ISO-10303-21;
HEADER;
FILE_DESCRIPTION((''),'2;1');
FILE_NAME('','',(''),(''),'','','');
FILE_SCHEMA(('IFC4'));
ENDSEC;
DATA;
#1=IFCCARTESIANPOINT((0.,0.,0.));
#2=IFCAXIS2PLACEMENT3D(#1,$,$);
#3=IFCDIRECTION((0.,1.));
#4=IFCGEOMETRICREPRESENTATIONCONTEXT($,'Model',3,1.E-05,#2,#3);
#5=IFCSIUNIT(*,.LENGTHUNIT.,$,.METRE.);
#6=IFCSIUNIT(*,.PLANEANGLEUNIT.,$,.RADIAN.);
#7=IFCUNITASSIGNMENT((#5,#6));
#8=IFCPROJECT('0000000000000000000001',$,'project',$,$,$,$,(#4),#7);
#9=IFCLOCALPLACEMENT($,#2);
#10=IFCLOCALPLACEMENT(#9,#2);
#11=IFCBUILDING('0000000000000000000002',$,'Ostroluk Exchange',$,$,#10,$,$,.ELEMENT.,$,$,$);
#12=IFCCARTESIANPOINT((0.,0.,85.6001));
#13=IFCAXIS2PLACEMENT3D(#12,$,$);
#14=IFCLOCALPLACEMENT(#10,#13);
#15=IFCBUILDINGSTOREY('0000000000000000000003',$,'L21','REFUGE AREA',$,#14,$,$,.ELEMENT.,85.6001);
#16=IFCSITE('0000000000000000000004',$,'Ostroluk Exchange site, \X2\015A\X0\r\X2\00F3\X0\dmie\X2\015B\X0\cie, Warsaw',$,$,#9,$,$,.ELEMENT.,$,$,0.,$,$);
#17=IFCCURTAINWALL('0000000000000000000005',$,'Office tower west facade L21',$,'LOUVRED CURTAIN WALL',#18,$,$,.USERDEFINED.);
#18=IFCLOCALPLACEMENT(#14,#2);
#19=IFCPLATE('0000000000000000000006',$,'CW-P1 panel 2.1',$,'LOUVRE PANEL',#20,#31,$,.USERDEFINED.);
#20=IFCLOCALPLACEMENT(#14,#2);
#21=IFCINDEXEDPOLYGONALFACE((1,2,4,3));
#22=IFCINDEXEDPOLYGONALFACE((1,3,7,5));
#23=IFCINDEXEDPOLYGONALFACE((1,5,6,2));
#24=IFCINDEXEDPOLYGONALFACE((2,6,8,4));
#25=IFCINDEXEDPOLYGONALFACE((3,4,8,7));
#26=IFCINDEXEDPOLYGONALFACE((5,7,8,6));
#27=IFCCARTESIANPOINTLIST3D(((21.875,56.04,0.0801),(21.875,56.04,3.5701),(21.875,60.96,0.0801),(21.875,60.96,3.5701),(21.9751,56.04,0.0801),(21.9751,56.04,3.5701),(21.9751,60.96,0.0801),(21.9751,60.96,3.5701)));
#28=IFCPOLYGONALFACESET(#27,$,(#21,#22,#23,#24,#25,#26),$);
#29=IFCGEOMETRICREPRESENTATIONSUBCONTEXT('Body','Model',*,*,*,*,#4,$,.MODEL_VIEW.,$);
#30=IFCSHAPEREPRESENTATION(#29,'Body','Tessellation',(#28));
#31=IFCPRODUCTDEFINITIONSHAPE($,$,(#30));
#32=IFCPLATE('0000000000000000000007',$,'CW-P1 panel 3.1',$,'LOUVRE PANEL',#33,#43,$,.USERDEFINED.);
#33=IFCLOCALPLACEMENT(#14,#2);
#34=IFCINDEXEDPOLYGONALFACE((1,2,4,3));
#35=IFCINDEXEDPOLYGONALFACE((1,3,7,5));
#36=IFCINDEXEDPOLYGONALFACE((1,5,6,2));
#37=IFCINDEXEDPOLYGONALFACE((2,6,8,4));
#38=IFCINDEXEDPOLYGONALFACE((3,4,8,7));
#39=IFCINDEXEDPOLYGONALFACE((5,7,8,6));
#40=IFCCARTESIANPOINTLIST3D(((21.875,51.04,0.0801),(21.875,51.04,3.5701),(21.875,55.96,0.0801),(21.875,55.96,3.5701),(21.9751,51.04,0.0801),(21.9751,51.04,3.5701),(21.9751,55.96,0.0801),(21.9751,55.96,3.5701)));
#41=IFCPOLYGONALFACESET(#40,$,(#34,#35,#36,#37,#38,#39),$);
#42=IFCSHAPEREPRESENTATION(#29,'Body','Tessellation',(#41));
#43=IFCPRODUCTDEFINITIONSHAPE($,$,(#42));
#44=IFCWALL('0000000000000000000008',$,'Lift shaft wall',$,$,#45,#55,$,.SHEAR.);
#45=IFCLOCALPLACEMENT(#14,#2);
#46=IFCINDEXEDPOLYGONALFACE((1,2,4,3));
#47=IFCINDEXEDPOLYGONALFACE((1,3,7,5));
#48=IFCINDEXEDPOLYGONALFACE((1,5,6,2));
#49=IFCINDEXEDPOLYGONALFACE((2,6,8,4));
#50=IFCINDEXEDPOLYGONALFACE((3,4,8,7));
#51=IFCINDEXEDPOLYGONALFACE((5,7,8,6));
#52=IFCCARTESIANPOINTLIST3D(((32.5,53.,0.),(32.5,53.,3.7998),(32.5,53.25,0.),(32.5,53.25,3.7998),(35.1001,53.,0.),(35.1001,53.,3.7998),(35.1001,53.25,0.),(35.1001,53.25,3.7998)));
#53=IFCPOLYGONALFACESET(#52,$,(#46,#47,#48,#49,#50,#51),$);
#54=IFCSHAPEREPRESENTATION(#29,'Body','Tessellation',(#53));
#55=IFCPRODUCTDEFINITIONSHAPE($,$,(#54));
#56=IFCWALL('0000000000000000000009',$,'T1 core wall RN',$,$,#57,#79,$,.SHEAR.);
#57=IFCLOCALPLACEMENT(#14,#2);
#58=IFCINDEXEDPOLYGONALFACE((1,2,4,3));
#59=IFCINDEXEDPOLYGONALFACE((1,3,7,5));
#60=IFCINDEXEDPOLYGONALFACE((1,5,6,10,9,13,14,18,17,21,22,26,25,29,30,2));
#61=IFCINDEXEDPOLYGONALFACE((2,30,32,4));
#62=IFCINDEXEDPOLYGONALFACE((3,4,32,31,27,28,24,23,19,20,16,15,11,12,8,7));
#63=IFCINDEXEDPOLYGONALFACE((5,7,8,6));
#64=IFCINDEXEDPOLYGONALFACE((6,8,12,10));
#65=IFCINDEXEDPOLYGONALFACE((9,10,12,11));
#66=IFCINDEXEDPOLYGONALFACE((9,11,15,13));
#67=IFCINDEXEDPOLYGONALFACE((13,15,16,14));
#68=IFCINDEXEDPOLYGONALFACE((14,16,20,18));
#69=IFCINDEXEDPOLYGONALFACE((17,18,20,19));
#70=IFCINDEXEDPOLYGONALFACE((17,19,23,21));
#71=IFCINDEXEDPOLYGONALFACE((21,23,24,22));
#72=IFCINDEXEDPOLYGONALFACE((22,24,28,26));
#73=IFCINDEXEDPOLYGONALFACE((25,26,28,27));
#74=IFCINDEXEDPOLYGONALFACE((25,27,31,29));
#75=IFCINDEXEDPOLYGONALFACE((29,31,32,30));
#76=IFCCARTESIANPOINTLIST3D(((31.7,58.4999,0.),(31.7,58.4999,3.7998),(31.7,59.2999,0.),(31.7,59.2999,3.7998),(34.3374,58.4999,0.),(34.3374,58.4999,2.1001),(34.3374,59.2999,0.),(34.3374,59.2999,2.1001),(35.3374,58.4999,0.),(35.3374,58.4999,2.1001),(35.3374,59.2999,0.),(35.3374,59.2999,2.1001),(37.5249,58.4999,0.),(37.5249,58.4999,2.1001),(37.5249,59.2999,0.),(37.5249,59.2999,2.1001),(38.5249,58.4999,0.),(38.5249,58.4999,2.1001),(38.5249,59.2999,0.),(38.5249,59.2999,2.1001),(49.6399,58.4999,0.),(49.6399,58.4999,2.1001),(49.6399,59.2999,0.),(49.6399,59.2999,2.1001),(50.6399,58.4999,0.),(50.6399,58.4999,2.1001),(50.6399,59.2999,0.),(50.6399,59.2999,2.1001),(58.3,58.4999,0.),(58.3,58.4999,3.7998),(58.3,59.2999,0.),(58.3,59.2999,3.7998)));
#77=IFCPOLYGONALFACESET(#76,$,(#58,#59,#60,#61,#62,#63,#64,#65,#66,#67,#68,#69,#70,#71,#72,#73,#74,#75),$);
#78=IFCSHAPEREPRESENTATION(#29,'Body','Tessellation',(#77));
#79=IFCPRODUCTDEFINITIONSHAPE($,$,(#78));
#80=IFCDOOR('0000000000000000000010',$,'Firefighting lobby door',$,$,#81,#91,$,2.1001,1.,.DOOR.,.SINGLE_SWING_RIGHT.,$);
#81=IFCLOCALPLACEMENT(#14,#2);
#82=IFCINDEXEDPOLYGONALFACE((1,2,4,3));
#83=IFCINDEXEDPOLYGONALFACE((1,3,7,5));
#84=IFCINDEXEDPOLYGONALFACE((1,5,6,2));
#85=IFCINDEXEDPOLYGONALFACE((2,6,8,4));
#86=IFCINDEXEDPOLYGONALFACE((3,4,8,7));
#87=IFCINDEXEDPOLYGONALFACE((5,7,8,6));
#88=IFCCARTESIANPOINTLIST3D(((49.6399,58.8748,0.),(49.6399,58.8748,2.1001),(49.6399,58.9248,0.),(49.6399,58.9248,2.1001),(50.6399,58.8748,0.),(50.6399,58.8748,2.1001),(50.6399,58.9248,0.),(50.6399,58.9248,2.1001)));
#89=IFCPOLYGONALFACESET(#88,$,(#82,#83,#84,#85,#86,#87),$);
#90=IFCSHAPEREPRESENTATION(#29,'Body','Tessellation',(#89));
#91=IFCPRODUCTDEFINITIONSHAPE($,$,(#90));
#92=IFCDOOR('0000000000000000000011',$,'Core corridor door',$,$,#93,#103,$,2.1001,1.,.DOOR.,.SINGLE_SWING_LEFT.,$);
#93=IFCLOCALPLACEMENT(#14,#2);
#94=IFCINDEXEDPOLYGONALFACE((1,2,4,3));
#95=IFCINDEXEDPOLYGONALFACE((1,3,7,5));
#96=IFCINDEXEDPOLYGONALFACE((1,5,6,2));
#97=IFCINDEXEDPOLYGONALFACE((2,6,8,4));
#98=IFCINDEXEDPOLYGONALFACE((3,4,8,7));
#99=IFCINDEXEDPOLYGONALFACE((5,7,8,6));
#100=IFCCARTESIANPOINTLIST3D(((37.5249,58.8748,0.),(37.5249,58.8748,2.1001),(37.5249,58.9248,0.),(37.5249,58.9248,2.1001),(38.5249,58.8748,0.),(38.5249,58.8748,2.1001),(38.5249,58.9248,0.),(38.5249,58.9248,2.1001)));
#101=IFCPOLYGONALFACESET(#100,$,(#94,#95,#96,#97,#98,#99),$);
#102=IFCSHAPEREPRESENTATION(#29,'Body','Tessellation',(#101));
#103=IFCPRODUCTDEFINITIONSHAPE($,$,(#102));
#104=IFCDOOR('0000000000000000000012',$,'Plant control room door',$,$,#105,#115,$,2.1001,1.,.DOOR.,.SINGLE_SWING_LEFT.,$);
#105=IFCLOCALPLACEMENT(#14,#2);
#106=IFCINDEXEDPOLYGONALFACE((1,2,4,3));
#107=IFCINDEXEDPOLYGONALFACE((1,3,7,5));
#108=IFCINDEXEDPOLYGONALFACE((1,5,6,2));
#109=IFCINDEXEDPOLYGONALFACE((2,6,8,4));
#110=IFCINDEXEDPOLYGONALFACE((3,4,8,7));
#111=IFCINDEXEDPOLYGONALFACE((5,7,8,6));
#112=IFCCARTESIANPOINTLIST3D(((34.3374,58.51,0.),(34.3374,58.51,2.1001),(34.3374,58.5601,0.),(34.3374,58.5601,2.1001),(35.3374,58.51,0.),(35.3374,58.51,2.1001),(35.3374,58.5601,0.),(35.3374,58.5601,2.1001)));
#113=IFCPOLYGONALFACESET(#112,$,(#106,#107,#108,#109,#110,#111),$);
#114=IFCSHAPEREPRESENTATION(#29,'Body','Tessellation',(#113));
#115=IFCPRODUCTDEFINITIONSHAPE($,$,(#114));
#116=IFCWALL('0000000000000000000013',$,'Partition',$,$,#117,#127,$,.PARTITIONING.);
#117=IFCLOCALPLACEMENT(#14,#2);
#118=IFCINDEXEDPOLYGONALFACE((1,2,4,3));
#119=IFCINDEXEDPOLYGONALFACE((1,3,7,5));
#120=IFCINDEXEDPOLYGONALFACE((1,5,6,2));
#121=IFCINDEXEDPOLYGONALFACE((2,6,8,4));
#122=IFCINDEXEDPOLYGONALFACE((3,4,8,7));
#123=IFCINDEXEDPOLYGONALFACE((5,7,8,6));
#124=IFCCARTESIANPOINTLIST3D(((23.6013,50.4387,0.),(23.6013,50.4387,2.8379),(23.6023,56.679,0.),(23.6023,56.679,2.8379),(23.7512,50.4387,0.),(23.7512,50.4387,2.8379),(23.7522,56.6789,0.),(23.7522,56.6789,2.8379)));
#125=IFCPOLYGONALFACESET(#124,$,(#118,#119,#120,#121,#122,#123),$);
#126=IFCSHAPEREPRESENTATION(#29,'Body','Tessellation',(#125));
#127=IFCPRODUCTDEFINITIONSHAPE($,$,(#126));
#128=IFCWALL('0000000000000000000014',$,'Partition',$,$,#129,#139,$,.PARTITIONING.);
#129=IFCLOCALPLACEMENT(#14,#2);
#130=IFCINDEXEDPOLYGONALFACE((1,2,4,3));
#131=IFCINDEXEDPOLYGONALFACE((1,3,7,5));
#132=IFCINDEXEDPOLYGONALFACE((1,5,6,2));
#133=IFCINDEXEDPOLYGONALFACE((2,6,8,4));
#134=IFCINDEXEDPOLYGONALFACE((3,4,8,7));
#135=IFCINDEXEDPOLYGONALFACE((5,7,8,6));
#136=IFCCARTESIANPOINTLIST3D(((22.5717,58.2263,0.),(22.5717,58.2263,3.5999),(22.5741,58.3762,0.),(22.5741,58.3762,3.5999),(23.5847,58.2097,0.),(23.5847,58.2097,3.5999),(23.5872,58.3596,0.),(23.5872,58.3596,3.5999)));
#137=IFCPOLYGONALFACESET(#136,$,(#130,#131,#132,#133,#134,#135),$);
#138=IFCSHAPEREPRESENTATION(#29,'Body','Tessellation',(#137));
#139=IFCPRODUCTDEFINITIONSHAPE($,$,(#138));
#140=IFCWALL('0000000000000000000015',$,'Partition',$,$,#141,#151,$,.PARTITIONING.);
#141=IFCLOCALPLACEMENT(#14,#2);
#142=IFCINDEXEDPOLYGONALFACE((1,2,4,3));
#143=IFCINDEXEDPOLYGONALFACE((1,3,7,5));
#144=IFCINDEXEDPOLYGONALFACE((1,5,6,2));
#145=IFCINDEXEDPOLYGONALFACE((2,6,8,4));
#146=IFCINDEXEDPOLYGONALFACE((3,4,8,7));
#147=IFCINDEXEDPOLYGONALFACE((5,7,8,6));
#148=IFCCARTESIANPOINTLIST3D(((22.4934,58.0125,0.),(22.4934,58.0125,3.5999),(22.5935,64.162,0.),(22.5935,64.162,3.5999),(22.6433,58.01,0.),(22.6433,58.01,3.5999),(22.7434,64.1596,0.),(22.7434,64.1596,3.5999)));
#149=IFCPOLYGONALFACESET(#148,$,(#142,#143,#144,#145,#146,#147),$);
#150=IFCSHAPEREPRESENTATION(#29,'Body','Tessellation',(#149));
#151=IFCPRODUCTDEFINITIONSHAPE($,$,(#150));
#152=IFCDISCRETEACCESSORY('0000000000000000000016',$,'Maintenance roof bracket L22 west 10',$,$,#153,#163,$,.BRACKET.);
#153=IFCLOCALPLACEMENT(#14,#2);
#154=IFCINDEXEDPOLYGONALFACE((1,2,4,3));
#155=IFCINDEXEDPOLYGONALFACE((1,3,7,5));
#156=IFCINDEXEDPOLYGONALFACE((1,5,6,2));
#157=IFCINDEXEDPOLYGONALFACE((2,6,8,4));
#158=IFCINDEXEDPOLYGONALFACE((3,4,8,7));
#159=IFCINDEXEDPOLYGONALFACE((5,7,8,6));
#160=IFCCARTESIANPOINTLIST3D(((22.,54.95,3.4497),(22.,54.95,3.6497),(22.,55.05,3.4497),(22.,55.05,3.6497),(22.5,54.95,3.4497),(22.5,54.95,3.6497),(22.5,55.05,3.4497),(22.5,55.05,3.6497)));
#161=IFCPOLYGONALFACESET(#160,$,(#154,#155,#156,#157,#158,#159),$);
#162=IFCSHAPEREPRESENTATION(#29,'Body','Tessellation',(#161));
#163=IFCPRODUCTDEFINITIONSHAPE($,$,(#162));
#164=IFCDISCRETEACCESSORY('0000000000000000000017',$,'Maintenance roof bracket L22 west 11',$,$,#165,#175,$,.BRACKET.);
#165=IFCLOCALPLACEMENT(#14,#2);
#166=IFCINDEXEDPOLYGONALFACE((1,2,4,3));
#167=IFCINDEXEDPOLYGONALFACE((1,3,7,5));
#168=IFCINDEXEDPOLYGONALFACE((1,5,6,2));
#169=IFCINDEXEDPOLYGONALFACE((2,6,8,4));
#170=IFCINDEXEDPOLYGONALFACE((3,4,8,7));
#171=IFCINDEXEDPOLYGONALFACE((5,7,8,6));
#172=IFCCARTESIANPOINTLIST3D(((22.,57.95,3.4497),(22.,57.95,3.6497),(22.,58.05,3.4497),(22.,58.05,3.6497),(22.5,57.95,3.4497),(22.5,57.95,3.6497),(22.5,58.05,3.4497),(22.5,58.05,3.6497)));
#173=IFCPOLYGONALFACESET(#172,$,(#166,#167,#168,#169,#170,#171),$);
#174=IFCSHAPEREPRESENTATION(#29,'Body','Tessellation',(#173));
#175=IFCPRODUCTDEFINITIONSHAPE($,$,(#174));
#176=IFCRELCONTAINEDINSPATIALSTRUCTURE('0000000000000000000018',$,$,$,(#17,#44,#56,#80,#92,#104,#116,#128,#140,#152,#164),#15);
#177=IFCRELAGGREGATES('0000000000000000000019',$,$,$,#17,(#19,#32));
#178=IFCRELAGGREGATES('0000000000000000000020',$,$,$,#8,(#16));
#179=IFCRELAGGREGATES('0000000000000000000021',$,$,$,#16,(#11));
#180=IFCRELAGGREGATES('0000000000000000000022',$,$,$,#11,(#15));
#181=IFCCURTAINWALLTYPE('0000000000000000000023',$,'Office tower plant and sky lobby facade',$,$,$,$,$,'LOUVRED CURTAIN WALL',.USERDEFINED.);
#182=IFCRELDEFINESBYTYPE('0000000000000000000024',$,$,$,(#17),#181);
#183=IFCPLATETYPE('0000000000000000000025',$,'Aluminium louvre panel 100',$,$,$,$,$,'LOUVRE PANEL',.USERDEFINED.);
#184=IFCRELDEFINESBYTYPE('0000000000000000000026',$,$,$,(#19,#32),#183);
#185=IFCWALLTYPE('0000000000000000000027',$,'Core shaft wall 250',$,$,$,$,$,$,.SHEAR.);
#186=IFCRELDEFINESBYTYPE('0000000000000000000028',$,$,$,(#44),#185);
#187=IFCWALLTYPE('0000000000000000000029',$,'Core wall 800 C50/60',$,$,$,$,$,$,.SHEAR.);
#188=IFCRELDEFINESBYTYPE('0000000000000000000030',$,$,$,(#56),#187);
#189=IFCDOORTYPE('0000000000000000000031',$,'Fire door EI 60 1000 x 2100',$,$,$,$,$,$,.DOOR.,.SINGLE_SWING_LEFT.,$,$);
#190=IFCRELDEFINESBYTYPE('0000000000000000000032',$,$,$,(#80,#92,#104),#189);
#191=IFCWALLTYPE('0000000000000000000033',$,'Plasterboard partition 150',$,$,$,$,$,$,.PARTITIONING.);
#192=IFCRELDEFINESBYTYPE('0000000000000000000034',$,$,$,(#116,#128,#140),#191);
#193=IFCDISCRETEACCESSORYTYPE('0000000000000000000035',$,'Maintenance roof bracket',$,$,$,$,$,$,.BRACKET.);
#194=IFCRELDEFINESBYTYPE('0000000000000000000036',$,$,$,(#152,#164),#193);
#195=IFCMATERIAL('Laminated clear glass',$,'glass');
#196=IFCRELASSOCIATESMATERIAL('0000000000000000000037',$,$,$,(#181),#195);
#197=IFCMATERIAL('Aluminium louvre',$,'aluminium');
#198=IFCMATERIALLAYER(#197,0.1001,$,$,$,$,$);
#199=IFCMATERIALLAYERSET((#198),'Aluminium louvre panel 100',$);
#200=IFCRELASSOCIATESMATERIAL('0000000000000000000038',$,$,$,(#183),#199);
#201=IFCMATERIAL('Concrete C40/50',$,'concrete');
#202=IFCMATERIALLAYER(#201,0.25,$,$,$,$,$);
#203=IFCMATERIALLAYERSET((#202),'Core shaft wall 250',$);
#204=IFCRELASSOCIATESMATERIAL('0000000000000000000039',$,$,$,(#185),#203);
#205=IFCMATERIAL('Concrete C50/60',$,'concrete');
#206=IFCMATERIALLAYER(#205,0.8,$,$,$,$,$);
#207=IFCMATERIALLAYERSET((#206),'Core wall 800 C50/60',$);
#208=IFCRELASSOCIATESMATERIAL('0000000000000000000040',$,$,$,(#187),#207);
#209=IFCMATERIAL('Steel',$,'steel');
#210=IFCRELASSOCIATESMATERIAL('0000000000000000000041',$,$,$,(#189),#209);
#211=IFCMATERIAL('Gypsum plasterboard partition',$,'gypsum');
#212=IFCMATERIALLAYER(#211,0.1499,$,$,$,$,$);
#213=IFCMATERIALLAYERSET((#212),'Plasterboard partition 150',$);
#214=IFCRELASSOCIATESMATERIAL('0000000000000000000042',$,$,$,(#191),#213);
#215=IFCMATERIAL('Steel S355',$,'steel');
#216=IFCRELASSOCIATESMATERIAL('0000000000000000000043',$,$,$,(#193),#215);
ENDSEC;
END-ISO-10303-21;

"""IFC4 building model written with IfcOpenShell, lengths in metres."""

from ifc_helpers import new_model, si_unit, direction, frame, frame_2d, origin, origin_2d, place, context, subcontext, project, spatial, rectangle, extrude, material, layer, layer_set, type_object, element, fill, aggregate, save


model = new_model("IFC4")

# Units and contexts
model_context = context("Model", 3, precision=1e-05, world=origin(), true_north=direction((0.0, 1.0)))
body_context = subcontext(model_context, "Body", "Model", "MODEL_VIEW")
ifc_project = project(units=[si_unit("LENGTHUNIT", "METRE"), si_unit("PLANEANGLEUNIT", "RADIAN")], contexts=[model_context])

# Site, building, storey
site_placement = place(None, origin())
site = spatial("IfcSite", under=ifc_project, at=site_placement, Name="Ostroluk Exchange site, Śródmieście, Warsaw", CompositionType="ELEMENT", RefElevation=0.0)
building_placement = place(site_placement, origin())
building = spatial("IfcBuilding", under=site, at=building_placement, Name="Ostroluk Exchange", CompositionType="ELEMENT")
storey_placement = place(building_placement, frame((0.0, 0.0, 85.6001)))
storey = spatial("IfcBuildingStorey", under=building, at=storey_placement, Name="L21", Description="REFUGE AREA", CompositionType="ELEMENT", Elevation=85.6001)

# Curtain wall, plates
ifc_material_1 = material(Name="Laminated clear glass", Category="glass")
curtain_wall_type = type_object("IfcCurtainWallType", Name="Office tower plant and sky lobby facade", ElementType="LOUVRED CURTAIN WALL", PredefinedType="USERDEFINED", material=ifc_material_1)
curtain_wall_placement = place(storey_placement, origin())
curtain_wall = element("IfcCurtainWall", 1, at=curtain_wall_placement, inside=storey, type_object=curtain_wall_type, Name="Office tower west facade L21", ObjectType="LOUVRED CURTAIN WALL", PredefinedType="USERDEFINED")
ifc_material_2 = material(Name="Aluminium louvre", Category="aluminium")
ifc_layer_1 = layer(ifc_material_2, 0.1001)
ifc_layer_set_1 = layer_set([ifc_layer_1], Name="Aluminium louvre panel 100")
plate_type = type_object("IfcPlateType", Name="Aluminium louvre panel 100", ElementType="LOUVRE PANEL", PredefinedType="USERDEFINED", material=ifc_layer_set_1)
plate_1_placement = place(storey_placement, frame((21.925, 58.5, 0.0801), z_axis=(0.0, 0.0, 1.0), x_axis=(0.0, -1.0, 0.0)))
plate_1 = element("IfcPlate", 2, at=plate_1_placement, type_object=plate_type, Name="CW-P1 panel 2.1", ObjectType="LOUVRE PANEL", PredefinedType="USERDEFINED", context=body_context, shape_type="SweptSolid", body=[
    extrude(rectangle(XDim=4.9199, YDim=0.1001, at=origin_2d()), origin(), (0.0, 0.0, 1.0), 3.49),
])
plate_2_placement = place(storey_placement, frame((21.925, 53.5, 0.0801), z_axis=(0.0, 0.0, 1.0), x_axis=(0.0, -1.0, 0.0)))
plate_2 = element("IfcPlate", 3, at=plate_2_placement, type_object=plate_type, Name="CW-P1 panel 3.1", ObjectType="LOUVRE PANEL", PredefinedType="USERDEFINED", context=body_context, shape_type="SweptSolid", body=[
    extrude(rectangle(XDim=4.9199, YDim=0.1001, at=origin_2d()), origin(), (0.0, 0.0, 1.0), 3.49),
])
aggregate(curtain_wall, [plate_1, plate_2])

# Wall
ifc_material_3 = material(Name="Concrete C40/50", Category="concrete")
ifc_layer_2 = layer(ifc_material_3, 0.25)
ifc_layer_set_2 = layer_set([ifc_layer_2], Name="Core shaft wall 250")
wall_type_1 = type_object("IfcWallType", Name="Core shaft wall 250", PredefinedType="SHEAR", material=ifc_layer_set_2)
wall_1_placement = place(storey_placement, frame((32.5, 53.125, 0.0), z_axis=(0.0, 0.0, 1.0), x_axis=(1.0, 0.0, 0.0)))
element("IfcWall", 4, at=wall_1_placement, inside=storey, type_object=wall_type_1, Name="Lift shaft wall", PredefinedType="SHEAR", context=body_context, shape_type="SweptSolid", body=[
    extrude(rectangle(XDim=2.6001, YDim=0.25, at=frame_2d((1.3, 0.0))), origin(), (0.0, 0.0, 1.0), 3.7998),
])

# Wall, openings, doors
ifc_material_4 = material(Name="Concrete C50/60", Category="concrete")
ifc_layer_3 = layer(ifc_material_4, 0.8)
ifc_layer_set_3 = layer_set([ifc_layer_3], Name="Core wall 800 C50/60")
wall_type_2 = type_object("IfcWallType", Name="Core wall 800 C50/60", PredefinedType="SHEAR", material=ifc_layer_set_3)
wall_2_placement = place(storey_placement, frame((31.7, 58.8999, 0.0), z_axis=(0.0, 0.0, 1.0), x_axis=(1.0, 0.0, 0.0)))
wall_2 = element("IfcWall", 5, at=wall_2_placement, inside=storey, type_object=wall_type_2, Name="T1 core wall RN", PredefinedType="SHEAR", context=body_context, shape_type="SweptSolid", body=[
    extrude(rectangle(XDim=26.6001, YDim=0.8, at=frame_2d((13.3, 0.0))), origin(), (0.0, 0.0, 1.0), 3.7998),
])
opening_1_placement = place(wall_2_placement, frame((17.9399, 0.0, 0.0)))
opening_1 = element("IfcOpeningElement", 6, at=opening_1_placement, cuts=wall_2, PredefinedType="OPENING", context=body_context, shape_type="SweptSolid", body=[
    extrude(rectangle(XDim=1.0, YDim=2.1001, at=frame_2d((0.5, 1.05))), frame((0.0, 0.4099, 0.0), z_axis=(0.0, -1.0, 0.0), x_axis=(1.0, 0.0, 0.0)), (0.0, 0.0, 1.0), 0.8201),
])
opening_2_placement = place(wall_2_placement, frame((5.825, 0.0, 0.0)))
opening_2 = element("IfcOpeningElement", 7, at=opening_2_placement, cuts=wall_2, PredefinedType="OPENING", context=body_context, shape_type="SweptSolid", body=[
    extrude(rectangle(XDim=1.0, YDim=2.1001, at=frame_2d((0.5, 1.05))), frame((0.0, 0.4099, 0.0), z_axis=(0.0, -1.0, 0.0), x_axis=(1.0, 0.0, 0.0)), (0.0, 0.0, 1.0), 0.8201),
])
opening_3_placement = place(wall_2_placement, frame((2.6375, 0.0, 0.0)))
opening_3 = element("IfcOpeningElement", 8, at=opening_3_placement, cuts=wall_2, PredefinedType="OPENING", context=body_context, shape_type="SweptSolid", body=[
    extrude(rectangle(XDim=1.0, YDim=2.1001, at=frame_2d((0.5, 1.05))), frame((0.0, 0.4099, 0.0), z_axis=(0.0, -1.0, 0.0), x_axis=(1.0, 0.0, 0.0)), (0.0, 0.0, 1.0), 0.8201),
])
ifc_material_5 = material(Name="Steel", Category="steel")
door_type = type_object("IfcDoorType", Name="Fire door EI 60 1000 x 2100", OperationType="SINGLE_SWING_LEFT", PredefinedType="DOOR", material=ifc_material_5)
door_1_placement = place(opening_1_placement, origin())
door_1 = element("IfcDoor", 9, at=door_1_placement, inside=storey, type_object=door_type, Name="Firefighting lobby door", OperationType="SINGLE_SWING_RIGHT", OverallHeight=2.1001, OverallWidth=1.0, PredefinedType="DOOR", context=body_context, shape_type="SweptSolid", body=[
    extrude(rectangle(XDim=1.0, YDim=2.1001, at=frame_2d((0.5, 1.05))), frame((0.0, 0.0249, 0.0), z_axis=(0.0, -1.0, 0.0), x_axis=(1.0, 0.0, 0.0)), (0.0, 0.0, 1.0), 0.05),
])
fill(opening_1, door_1)
door_2_placement = place(opening_2_placement, origin())
door_2 = element("IfcDoor", 10, at=door_2_placement, inside=storey, type_object=door_type, Name="Core corridor door", OperationType="SINGLE_SWING_LEFT", OverallHeight=2.1001, OverallWidth=1.0, PredefinedType="DOOR", context=body_context, shape_type="SweptSolid", body=[
    extrude(rectangle(XDim=1.0, YDim=2.1001, at=frame_2d((0.5, 1.05))), frame((0.0, 0.0249, 0.0), z_axis=(0.0, -1.0, 0.0), x_axis=(1.0, 0.0, 0.0)), (0.0, 0.0, 1.0), 0.05),
])
fill(opening_2, door_2)
door_3_placement = place(opening_3_placement, origin())
door_3 = element("IfcDoor", 11, at=door_3_placement, inside=storey, type_object=door_type, Name="Plant control room door", OperationType="SINGLE_SWING_LEFT", OverallHeight=2.1001, OverallWidth=1.0, PredefinedType="DOOR", context=body_context, shape_type="SweptSolid", body=[
    extrude(rectangle(XDim=1.0, YDim=2.1001, at=frame_2d((0.5, 1.05))), frame((0.0, -0.3398, 0.0), z_axis=(0.0, -1.0, 0.0), x_axis=(1.0, 0.0, 0.0)), (0.0, 0.0, 1.0), 0.05),
])
fill(opening_3, door_3)

# Walls
ifc_material_6 = material(Name="Gypsum plasterboard partition", Category="gypsum")
ifc_layer_4 = layer(ifc_material_6, 0.1499)
ifc_layer_set_4 = layer_set([ifc_layer_4], Name="Plasterboard partition 150")
wall_type_3 = type_object("IfcWallType", Name="Plasterboard partition 150", PredefinedType="PARTITIONING", material=ifc_layer_set_4)
wall_3_placement = place(storey_placement, frame((23.6772, 56.679, 0.0), z_axis=(0.0, 0.0, 1.0), x_axis=(-0.000156, -1.0, 0.0)))
element("IfcWall", 12, at=wall_3_placement, inside=storey, type_object=wall_type_3, Name="Partition", PredefinedType="PARTITIONING", context=body_context, shape_type="SweptSolid", body=[
    extrude(rectangle(XDim=6.2402, YDim=0.1499, at=frame_2d((3.1201, 0.0))), origin(), (0.0, 0.0, 1.0), 2.8379),
])
wall_4_placement = place(storey_placement, frame((23.5859, 58.2847, 0.0), z_axis=(0.0, 0.0, 1.0), x_axis=(-0.999866, 0.016387, 0.0)))
element("IfcWall", 13, at=wall_4_placement, inside=storey, type_object=wall_type_3, Name="Partition", PredefinedType="PARTITIONING", context=body_context, shape_type="SweptSolid", body=[
    extrude(rectangle(XDim=1.0132, YDim=0.1499, at=frame_2d((0.5066, 0.0))), origin(), (0.0, 0.0, 1.0), 3.5999),
])
wall_5_placement = place(storey_placement, frame((22.5684, 58.0112, 0.0), z_axis=(0.0, 0.0, 1.0), x_axis=(0.016275, 0.999868, 0.0)))
element("IfcWall", 14, at=wall_5_placement, inside=storey, type_object=wall_type_3, Name="Partition", PredefinedType="PARTITIONING", context=body_context, shape_type="SweptSolid", body=[
    extrude(rectangle(XDim=6.1504, YDim=0.1499, at=frame_2d((3.0752, 0.0))), origin(), (0.0, 0.0, 1.0), 3.5999),
])

# Discrete accessories
ifc_material_7 = material(Name="Steel S355", Category="steel")
discrete_accessory_type = type_object("IfcDiscreteAccessoryType", Name="Maintenance roof bracket", PredefinedType="BRACKET", material=ifc_material_7)
for number, where, z_axis, x_axis, name in (
    (15, (22.25, 55.0, 3.4497), (0.0, 0.0, 1.0), (1.0, 0.0, 0.0), "Maintenance roof bracket L22 west 10"),
    (16, (22.25, 58.0, 3.4497), (0.0, 0.0, 1.0), (1.0, 0.0, 0.0), "Maintenance roof bracket L22 west 11"),
):
    element("IfcDiscreteAccessory", number, at=place(storey_placement, frame(where, z_axis=z_axis, x_axis=x_axis)), inside=storey, type_object=discrete_accessory_type, Name=name, PredefinedType="BRACKET", context=body_context, shape_type="SweptSolid", body=[
        extrude(rectangle(XDim=0.5, YDim=0.1001, at=origin_2d()), origin(), (0.0, 0.0, 1.0), 0.2),
    ])

save(model, "model.ifc")
